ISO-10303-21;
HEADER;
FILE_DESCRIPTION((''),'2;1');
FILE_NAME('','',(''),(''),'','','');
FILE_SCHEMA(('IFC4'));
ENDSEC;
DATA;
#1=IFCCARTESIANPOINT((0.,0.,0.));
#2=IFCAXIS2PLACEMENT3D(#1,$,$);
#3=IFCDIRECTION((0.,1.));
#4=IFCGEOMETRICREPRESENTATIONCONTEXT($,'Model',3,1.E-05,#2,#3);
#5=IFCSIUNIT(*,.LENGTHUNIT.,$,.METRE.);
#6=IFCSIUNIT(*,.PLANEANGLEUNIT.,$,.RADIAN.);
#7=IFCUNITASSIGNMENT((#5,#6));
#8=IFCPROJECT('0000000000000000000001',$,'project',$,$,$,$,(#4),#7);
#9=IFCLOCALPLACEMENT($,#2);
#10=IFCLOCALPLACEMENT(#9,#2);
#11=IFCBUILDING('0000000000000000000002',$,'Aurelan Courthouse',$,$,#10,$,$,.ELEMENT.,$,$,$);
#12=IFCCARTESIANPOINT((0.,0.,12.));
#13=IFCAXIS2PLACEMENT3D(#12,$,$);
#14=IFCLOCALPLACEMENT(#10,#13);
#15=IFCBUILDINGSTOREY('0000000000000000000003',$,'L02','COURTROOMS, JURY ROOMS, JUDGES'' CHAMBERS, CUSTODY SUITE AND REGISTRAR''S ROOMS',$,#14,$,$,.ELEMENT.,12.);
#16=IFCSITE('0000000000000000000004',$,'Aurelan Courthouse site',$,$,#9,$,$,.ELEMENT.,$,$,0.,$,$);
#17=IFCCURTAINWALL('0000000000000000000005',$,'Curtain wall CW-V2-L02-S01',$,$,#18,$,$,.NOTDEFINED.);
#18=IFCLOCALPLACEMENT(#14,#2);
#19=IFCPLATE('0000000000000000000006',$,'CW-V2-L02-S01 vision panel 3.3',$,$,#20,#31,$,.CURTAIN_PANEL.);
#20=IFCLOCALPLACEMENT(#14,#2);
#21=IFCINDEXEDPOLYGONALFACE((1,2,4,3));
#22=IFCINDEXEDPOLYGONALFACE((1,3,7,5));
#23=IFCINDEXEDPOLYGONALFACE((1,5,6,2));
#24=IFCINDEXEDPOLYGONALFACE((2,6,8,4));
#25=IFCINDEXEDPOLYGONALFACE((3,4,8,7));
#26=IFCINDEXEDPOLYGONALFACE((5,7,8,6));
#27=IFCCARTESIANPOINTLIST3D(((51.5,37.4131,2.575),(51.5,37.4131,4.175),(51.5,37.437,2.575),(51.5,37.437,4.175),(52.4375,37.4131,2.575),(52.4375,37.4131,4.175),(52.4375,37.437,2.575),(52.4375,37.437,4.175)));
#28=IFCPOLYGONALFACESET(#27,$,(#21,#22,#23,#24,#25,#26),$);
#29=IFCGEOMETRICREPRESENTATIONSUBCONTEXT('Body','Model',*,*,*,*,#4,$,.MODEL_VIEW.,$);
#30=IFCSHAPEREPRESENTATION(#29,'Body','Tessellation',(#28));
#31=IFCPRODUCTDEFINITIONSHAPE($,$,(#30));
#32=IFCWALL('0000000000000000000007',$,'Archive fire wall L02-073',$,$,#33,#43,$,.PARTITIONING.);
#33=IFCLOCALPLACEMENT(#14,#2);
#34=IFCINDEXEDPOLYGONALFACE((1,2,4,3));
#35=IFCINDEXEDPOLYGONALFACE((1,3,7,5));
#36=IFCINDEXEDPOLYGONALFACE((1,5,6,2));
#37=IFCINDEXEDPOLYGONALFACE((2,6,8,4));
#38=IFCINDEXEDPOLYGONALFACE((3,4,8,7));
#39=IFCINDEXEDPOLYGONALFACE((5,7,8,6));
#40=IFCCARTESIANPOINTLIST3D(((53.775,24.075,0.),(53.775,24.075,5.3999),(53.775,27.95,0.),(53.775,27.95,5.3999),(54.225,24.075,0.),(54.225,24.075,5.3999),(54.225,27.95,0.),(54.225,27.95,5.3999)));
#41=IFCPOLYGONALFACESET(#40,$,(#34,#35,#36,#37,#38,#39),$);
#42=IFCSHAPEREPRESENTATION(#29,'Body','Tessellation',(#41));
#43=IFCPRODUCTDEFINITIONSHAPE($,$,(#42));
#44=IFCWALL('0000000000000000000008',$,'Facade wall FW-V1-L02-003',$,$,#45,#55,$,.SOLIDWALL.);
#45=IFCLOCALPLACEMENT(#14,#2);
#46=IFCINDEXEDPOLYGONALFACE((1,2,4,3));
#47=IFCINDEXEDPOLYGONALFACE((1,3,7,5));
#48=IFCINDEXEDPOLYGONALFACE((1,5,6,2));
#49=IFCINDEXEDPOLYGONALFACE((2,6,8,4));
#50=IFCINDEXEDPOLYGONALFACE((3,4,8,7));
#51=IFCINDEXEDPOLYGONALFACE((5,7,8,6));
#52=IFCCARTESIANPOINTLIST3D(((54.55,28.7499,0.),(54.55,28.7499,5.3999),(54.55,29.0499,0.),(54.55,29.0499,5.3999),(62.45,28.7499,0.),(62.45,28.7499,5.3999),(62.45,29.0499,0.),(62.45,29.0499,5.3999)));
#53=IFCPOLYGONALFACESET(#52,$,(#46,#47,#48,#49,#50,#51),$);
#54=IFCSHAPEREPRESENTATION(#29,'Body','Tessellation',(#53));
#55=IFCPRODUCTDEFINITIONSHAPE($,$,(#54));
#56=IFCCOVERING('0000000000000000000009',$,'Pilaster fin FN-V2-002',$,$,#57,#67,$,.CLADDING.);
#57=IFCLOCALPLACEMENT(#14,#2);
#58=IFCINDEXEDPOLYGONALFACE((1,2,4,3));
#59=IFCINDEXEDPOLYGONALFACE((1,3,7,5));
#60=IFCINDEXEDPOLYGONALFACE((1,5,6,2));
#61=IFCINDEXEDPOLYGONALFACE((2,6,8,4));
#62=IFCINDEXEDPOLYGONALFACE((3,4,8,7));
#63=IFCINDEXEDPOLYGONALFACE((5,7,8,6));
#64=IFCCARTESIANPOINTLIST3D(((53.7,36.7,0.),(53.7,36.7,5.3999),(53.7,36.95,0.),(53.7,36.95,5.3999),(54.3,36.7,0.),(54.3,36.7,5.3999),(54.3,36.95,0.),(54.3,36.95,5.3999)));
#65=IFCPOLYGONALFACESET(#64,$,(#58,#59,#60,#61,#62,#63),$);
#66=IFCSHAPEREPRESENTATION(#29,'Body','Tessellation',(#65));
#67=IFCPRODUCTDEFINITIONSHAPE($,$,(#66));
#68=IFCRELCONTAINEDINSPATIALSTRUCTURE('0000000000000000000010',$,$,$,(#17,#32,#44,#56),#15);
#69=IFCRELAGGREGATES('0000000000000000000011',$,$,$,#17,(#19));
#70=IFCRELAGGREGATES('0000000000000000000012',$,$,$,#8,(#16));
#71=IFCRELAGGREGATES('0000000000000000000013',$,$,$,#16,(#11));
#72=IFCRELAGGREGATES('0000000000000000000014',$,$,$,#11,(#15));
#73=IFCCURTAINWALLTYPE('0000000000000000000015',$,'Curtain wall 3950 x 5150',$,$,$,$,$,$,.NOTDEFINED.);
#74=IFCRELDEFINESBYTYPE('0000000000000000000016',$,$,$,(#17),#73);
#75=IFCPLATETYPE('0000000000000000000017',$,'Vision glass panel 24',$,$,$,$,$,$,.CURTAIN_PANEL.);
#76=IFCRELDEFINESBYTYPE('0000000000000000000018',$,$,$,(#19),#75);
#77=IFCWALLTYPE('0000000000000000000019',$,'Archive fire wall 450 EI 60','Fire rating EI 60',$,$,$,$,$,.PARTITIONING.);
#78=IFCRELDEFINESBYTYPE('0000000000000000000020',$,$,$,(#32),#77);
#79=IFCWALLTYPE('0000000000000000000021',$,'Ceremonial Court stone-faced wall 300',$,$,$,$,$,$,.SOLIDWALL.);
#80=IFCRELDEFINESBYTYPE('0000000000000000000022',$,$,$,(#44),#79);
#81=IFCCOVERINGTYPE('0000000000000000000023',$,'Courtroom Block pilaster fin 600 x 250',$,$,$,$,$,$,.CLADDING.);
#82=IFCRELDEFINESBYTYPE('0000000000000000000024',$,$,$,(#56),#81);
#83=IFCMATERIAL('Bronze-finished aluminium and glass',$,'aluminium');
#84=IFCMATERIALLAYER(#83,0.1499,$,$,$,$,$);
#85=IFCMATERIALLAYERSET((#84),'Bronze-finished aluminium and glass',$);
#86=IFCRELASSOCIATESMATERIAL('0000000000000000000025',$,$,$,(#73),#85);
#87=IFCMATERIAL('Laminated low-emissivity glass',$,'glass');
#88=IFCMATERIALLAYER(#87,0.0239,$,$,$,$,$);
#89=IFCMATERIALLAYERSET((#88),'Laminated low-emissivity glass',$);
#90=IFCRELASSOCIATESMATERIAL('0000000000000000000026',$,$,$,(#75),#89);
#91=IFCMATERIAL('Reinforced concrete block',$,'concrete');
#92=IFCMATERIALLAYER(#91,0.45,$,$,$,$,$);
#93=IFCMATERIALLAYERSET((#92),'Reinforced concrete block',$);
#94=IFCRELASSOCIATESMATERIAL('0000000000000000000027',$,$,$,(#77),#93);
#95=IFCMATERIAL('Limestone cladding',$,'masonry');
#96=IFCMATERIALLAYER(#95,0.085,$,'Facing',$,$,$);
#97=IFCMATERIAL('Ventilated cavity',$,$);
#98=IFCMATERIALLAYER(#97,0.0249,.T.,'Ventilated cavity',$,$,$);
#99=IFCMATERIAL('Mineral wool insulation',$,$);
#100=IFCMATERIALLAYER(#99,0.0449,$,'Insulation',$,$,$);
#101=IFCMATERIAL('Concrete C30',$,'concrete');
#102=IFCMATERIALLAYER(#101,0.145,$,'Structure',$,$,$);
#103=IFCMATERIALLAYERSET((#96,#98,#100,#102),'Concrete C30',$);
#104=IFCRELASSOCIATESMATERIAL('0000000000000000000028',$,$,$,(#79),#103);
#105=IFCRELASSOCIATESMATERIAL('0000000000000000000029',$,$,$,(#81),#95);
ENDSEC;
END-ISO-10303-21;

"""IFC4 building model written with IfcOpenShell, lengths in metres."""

from ifc_helpers import new_model, si_unit, direction, frame, frame_2d, origin, origin_2d, place, context, subcontext, project, spatial, rectangle, extrude, material, layer, layer_set, type_object, element, aggregate, save


model = new_model("IFC4")

# Units and contexts
model_context = context("Model", 3, precision=1e-05, world=origin(), true_north=direction((0.0, 1.0)))
body_context = subcontext(model_context, "Body", "Model", "MODEL_VIEW")
ifc_project = project(units=[si_unit("LENGTHUNIT", "METRE"), si_unit("PLANEANGLEUNIT", "RADIAN")], contexts=[model_context])

# Site, building, storey
site_placement = place(None, origin())
site = spatial("IfcSite", under=ifc_project, at=site_placement, Name="Aurelan Courthouse site", CompositionType="ELEMENT", RefElevation=0.0)
building_placement = place(site_placement, origin())
building = spatial("IfcBuilding", under=site, at=building_placement, Name="Aurelan Courthouse", CompositionType="ELEMENT")
storey_placement = place(building_placement, frame((0.0, 0.0, 12.0)))
storey = spatial("IfcBuildingStorey", under=building, at=storey_placement, Name="L02", Description="COURTROOMS, JURY ROOMS, JUDGES' CHAMBERS, CUSTODY SUITE AND REGISTRAR'S ROOMS", CompositionType="ELEMENT", Elevation=12.0)

# Curtain wall
ifc_material_1 = material(Name="Bronze-finished aluminium and glass", Category="aluminium")
ifc_layer_1 = layer(ifc_material_1, 0.1499)
ifc_layer_set_1 = layer_set([ifc_layer_1], Name="Bronze-finished aluminium and glass")
curtain_wall_type = type_object("IfcCurtainWallType", Name="Curtain wall 3950 x 5150", PredefinedType="NOTDEFINED", material=ifc_layer_set_1)
curtain_wall_placement = place(storey_placement, origin())
curtain_wall = element("IfcCurtainWall", 1, at=curtain_wall_placement, inside=storey, type_object=curtain_wall_type, Name="Curtain wall CW-V2-L02-S01", PredefinedType="NOTDEFINED")

# Plate
ifc_material_2 = material(Name="Laminated low-emissivity glass", Category="glass")
ifc_layer_2 = layer(ifc_material_2, 0.0239)
ifc_layer_set_2 = layer_set([ifc_layer_2], Name="Laminated low-emissivity glass")
plate_type_1 = type_object("IfcPlateType", Name="Vision glass panel 24", PredefinedType="CURTAIN_PANEL", material=ifc_layer_set_2)
plate_1_placement = place(storey_placement, frame((51.9688, 37.425, 2.575), z_axis=(0.0, 0.0, 1.0), x_axis=(1.0, 0.0, 0.0)))
plate_1 = element("IfcPlate", 2, at=plate_1_placement, type_object=plate_type_1, Name="CW-V2-L02-S01 vision panel 3.3", PredefinedType="CURTAIN_PANEL", context=body_context, shape_type="SweptSolid", body=[
    extrude(rectangle(XDim=0.9375, YDim=0.0239, at=origin_2d()), origin(), (0.0, 0.0, 1.0), 1.6001),
])
aggregate(curtain_wall, [plate_1])

# Shared definitions
ifc_material_3 = material(Name="Reinforced concrete block", Category="concrete")
ifc_layer_3 = layer(ifc_material_3, 0.45)
ifc_layer_set_3 = layer_set([ifc_layer_3], Name="Reinforced concrete block")
wall_type_1 = type_object("IfcWallType", Name="Archive fire wall 450 EI 60", Description="Fire rating EI 60", PredefinedType="PARTITIONING", material=ifc_layer_set_3)

# Walls
wall_1_placement = place(storey_placement, frame((54.0, 24.075, 0.0), z_axis=(0.0, 0.0, 1.0), x_axis=(0.0, 1.0, 0.0)))
element("IfcWall", 3, at=wall_1_placement, inside=storey, type_object=wall_type_1, Name="Archive fire wall L02-073", PredefinedType="PARTITIONING", context=body_context, shape_type="SweptSolid", body=[
    extrude(rectangle(XDim=3.875, YDim=0.45, at=frame_2d((1.9375, 0.0))), origin(), (0.0, 0.0, 1.0), 5.3999),
])
ifc_material_4 = material(Name="Limestone cladding", Category="masonry")
ifc_layer_4 = layer(ifc_material_4, 0.085, Name="Facing")
ifc_material_5 = material(Name="Ventilated cavity")
ifc_layer_5 = layer(ifc_material_5, 0.0249, ventilated=True, Name="Ventilated cavity")
ifc_material_6 = material(Name="Mineral wool insulation")
ifc_layer_6 = layer(ifc_material_6, 0.0449, Name="Insulation")
ifc_material_7 = material(Name="Concrete C30", Category="concrete")
ifc_layer_7 = layer(ifc_material_7, 0.145, Name="Structure")
ifc_layer_set_4 = layer_set([ifc_layer_4, ifc_layer_5, ifc_layer_6, ifc_layer_7], Name="Concrete C30")
wall_type_2 = type_object("IfcWallType", Name="Ceremonial Court stone-faced wall 300", PredefinedType="SOLIDWALL", material=ifc_layer_set_4)
wall_2_placement = place(storey_placement, frame((54.55, 28.8999, 0.0), z_axis=(0.0, 0.0, 1.0), x_axis=(1.0, 0.0, 0.0)))
element("IfcWall", 4, at=wall_2_placement, inside=storey, type_object=wall_type_2, Name="Facade wall FW-V1-L02-003", PredefinedType="SOLIDWALL", context=body_context, shape_type="SweptSolid", body=[
    extrude(rectangle(XDim=7.8999, YDim=0.3, at=frame_2d((3.95, 0.0))), origin(), (0.0, 0.0, 1.0), 5.3999),
])

# Covering
covering_type_1 = type_object("IfcCoveringType", Name="Courtroom Block pilaster fin 600 x 250", PredefinedType="CLADDING", material=ifc_material_4)
covering_1_placement = place(storey_placement, frame((54.0, 36.825, 0.0), z_axis=(0.0, 0.0, 1.0), x_axis=(1.0, 0.0, 0.0)))
element("IfcCovering", 5, at=covering_1_placement, inside=storey, type_object=covering_type_1, Name="Pilaster fin FN-V2-002", PredefinedType="CLADDING", context=body_context, shape_type="SweptSolid", body=[
    extrude(rectangle(XDim=0.6001, YDim=0.25, at=origin_2d()), origin(), (0.0, 0.0, 1.0), 5.3999),
])

save(model, "model.ifc")
